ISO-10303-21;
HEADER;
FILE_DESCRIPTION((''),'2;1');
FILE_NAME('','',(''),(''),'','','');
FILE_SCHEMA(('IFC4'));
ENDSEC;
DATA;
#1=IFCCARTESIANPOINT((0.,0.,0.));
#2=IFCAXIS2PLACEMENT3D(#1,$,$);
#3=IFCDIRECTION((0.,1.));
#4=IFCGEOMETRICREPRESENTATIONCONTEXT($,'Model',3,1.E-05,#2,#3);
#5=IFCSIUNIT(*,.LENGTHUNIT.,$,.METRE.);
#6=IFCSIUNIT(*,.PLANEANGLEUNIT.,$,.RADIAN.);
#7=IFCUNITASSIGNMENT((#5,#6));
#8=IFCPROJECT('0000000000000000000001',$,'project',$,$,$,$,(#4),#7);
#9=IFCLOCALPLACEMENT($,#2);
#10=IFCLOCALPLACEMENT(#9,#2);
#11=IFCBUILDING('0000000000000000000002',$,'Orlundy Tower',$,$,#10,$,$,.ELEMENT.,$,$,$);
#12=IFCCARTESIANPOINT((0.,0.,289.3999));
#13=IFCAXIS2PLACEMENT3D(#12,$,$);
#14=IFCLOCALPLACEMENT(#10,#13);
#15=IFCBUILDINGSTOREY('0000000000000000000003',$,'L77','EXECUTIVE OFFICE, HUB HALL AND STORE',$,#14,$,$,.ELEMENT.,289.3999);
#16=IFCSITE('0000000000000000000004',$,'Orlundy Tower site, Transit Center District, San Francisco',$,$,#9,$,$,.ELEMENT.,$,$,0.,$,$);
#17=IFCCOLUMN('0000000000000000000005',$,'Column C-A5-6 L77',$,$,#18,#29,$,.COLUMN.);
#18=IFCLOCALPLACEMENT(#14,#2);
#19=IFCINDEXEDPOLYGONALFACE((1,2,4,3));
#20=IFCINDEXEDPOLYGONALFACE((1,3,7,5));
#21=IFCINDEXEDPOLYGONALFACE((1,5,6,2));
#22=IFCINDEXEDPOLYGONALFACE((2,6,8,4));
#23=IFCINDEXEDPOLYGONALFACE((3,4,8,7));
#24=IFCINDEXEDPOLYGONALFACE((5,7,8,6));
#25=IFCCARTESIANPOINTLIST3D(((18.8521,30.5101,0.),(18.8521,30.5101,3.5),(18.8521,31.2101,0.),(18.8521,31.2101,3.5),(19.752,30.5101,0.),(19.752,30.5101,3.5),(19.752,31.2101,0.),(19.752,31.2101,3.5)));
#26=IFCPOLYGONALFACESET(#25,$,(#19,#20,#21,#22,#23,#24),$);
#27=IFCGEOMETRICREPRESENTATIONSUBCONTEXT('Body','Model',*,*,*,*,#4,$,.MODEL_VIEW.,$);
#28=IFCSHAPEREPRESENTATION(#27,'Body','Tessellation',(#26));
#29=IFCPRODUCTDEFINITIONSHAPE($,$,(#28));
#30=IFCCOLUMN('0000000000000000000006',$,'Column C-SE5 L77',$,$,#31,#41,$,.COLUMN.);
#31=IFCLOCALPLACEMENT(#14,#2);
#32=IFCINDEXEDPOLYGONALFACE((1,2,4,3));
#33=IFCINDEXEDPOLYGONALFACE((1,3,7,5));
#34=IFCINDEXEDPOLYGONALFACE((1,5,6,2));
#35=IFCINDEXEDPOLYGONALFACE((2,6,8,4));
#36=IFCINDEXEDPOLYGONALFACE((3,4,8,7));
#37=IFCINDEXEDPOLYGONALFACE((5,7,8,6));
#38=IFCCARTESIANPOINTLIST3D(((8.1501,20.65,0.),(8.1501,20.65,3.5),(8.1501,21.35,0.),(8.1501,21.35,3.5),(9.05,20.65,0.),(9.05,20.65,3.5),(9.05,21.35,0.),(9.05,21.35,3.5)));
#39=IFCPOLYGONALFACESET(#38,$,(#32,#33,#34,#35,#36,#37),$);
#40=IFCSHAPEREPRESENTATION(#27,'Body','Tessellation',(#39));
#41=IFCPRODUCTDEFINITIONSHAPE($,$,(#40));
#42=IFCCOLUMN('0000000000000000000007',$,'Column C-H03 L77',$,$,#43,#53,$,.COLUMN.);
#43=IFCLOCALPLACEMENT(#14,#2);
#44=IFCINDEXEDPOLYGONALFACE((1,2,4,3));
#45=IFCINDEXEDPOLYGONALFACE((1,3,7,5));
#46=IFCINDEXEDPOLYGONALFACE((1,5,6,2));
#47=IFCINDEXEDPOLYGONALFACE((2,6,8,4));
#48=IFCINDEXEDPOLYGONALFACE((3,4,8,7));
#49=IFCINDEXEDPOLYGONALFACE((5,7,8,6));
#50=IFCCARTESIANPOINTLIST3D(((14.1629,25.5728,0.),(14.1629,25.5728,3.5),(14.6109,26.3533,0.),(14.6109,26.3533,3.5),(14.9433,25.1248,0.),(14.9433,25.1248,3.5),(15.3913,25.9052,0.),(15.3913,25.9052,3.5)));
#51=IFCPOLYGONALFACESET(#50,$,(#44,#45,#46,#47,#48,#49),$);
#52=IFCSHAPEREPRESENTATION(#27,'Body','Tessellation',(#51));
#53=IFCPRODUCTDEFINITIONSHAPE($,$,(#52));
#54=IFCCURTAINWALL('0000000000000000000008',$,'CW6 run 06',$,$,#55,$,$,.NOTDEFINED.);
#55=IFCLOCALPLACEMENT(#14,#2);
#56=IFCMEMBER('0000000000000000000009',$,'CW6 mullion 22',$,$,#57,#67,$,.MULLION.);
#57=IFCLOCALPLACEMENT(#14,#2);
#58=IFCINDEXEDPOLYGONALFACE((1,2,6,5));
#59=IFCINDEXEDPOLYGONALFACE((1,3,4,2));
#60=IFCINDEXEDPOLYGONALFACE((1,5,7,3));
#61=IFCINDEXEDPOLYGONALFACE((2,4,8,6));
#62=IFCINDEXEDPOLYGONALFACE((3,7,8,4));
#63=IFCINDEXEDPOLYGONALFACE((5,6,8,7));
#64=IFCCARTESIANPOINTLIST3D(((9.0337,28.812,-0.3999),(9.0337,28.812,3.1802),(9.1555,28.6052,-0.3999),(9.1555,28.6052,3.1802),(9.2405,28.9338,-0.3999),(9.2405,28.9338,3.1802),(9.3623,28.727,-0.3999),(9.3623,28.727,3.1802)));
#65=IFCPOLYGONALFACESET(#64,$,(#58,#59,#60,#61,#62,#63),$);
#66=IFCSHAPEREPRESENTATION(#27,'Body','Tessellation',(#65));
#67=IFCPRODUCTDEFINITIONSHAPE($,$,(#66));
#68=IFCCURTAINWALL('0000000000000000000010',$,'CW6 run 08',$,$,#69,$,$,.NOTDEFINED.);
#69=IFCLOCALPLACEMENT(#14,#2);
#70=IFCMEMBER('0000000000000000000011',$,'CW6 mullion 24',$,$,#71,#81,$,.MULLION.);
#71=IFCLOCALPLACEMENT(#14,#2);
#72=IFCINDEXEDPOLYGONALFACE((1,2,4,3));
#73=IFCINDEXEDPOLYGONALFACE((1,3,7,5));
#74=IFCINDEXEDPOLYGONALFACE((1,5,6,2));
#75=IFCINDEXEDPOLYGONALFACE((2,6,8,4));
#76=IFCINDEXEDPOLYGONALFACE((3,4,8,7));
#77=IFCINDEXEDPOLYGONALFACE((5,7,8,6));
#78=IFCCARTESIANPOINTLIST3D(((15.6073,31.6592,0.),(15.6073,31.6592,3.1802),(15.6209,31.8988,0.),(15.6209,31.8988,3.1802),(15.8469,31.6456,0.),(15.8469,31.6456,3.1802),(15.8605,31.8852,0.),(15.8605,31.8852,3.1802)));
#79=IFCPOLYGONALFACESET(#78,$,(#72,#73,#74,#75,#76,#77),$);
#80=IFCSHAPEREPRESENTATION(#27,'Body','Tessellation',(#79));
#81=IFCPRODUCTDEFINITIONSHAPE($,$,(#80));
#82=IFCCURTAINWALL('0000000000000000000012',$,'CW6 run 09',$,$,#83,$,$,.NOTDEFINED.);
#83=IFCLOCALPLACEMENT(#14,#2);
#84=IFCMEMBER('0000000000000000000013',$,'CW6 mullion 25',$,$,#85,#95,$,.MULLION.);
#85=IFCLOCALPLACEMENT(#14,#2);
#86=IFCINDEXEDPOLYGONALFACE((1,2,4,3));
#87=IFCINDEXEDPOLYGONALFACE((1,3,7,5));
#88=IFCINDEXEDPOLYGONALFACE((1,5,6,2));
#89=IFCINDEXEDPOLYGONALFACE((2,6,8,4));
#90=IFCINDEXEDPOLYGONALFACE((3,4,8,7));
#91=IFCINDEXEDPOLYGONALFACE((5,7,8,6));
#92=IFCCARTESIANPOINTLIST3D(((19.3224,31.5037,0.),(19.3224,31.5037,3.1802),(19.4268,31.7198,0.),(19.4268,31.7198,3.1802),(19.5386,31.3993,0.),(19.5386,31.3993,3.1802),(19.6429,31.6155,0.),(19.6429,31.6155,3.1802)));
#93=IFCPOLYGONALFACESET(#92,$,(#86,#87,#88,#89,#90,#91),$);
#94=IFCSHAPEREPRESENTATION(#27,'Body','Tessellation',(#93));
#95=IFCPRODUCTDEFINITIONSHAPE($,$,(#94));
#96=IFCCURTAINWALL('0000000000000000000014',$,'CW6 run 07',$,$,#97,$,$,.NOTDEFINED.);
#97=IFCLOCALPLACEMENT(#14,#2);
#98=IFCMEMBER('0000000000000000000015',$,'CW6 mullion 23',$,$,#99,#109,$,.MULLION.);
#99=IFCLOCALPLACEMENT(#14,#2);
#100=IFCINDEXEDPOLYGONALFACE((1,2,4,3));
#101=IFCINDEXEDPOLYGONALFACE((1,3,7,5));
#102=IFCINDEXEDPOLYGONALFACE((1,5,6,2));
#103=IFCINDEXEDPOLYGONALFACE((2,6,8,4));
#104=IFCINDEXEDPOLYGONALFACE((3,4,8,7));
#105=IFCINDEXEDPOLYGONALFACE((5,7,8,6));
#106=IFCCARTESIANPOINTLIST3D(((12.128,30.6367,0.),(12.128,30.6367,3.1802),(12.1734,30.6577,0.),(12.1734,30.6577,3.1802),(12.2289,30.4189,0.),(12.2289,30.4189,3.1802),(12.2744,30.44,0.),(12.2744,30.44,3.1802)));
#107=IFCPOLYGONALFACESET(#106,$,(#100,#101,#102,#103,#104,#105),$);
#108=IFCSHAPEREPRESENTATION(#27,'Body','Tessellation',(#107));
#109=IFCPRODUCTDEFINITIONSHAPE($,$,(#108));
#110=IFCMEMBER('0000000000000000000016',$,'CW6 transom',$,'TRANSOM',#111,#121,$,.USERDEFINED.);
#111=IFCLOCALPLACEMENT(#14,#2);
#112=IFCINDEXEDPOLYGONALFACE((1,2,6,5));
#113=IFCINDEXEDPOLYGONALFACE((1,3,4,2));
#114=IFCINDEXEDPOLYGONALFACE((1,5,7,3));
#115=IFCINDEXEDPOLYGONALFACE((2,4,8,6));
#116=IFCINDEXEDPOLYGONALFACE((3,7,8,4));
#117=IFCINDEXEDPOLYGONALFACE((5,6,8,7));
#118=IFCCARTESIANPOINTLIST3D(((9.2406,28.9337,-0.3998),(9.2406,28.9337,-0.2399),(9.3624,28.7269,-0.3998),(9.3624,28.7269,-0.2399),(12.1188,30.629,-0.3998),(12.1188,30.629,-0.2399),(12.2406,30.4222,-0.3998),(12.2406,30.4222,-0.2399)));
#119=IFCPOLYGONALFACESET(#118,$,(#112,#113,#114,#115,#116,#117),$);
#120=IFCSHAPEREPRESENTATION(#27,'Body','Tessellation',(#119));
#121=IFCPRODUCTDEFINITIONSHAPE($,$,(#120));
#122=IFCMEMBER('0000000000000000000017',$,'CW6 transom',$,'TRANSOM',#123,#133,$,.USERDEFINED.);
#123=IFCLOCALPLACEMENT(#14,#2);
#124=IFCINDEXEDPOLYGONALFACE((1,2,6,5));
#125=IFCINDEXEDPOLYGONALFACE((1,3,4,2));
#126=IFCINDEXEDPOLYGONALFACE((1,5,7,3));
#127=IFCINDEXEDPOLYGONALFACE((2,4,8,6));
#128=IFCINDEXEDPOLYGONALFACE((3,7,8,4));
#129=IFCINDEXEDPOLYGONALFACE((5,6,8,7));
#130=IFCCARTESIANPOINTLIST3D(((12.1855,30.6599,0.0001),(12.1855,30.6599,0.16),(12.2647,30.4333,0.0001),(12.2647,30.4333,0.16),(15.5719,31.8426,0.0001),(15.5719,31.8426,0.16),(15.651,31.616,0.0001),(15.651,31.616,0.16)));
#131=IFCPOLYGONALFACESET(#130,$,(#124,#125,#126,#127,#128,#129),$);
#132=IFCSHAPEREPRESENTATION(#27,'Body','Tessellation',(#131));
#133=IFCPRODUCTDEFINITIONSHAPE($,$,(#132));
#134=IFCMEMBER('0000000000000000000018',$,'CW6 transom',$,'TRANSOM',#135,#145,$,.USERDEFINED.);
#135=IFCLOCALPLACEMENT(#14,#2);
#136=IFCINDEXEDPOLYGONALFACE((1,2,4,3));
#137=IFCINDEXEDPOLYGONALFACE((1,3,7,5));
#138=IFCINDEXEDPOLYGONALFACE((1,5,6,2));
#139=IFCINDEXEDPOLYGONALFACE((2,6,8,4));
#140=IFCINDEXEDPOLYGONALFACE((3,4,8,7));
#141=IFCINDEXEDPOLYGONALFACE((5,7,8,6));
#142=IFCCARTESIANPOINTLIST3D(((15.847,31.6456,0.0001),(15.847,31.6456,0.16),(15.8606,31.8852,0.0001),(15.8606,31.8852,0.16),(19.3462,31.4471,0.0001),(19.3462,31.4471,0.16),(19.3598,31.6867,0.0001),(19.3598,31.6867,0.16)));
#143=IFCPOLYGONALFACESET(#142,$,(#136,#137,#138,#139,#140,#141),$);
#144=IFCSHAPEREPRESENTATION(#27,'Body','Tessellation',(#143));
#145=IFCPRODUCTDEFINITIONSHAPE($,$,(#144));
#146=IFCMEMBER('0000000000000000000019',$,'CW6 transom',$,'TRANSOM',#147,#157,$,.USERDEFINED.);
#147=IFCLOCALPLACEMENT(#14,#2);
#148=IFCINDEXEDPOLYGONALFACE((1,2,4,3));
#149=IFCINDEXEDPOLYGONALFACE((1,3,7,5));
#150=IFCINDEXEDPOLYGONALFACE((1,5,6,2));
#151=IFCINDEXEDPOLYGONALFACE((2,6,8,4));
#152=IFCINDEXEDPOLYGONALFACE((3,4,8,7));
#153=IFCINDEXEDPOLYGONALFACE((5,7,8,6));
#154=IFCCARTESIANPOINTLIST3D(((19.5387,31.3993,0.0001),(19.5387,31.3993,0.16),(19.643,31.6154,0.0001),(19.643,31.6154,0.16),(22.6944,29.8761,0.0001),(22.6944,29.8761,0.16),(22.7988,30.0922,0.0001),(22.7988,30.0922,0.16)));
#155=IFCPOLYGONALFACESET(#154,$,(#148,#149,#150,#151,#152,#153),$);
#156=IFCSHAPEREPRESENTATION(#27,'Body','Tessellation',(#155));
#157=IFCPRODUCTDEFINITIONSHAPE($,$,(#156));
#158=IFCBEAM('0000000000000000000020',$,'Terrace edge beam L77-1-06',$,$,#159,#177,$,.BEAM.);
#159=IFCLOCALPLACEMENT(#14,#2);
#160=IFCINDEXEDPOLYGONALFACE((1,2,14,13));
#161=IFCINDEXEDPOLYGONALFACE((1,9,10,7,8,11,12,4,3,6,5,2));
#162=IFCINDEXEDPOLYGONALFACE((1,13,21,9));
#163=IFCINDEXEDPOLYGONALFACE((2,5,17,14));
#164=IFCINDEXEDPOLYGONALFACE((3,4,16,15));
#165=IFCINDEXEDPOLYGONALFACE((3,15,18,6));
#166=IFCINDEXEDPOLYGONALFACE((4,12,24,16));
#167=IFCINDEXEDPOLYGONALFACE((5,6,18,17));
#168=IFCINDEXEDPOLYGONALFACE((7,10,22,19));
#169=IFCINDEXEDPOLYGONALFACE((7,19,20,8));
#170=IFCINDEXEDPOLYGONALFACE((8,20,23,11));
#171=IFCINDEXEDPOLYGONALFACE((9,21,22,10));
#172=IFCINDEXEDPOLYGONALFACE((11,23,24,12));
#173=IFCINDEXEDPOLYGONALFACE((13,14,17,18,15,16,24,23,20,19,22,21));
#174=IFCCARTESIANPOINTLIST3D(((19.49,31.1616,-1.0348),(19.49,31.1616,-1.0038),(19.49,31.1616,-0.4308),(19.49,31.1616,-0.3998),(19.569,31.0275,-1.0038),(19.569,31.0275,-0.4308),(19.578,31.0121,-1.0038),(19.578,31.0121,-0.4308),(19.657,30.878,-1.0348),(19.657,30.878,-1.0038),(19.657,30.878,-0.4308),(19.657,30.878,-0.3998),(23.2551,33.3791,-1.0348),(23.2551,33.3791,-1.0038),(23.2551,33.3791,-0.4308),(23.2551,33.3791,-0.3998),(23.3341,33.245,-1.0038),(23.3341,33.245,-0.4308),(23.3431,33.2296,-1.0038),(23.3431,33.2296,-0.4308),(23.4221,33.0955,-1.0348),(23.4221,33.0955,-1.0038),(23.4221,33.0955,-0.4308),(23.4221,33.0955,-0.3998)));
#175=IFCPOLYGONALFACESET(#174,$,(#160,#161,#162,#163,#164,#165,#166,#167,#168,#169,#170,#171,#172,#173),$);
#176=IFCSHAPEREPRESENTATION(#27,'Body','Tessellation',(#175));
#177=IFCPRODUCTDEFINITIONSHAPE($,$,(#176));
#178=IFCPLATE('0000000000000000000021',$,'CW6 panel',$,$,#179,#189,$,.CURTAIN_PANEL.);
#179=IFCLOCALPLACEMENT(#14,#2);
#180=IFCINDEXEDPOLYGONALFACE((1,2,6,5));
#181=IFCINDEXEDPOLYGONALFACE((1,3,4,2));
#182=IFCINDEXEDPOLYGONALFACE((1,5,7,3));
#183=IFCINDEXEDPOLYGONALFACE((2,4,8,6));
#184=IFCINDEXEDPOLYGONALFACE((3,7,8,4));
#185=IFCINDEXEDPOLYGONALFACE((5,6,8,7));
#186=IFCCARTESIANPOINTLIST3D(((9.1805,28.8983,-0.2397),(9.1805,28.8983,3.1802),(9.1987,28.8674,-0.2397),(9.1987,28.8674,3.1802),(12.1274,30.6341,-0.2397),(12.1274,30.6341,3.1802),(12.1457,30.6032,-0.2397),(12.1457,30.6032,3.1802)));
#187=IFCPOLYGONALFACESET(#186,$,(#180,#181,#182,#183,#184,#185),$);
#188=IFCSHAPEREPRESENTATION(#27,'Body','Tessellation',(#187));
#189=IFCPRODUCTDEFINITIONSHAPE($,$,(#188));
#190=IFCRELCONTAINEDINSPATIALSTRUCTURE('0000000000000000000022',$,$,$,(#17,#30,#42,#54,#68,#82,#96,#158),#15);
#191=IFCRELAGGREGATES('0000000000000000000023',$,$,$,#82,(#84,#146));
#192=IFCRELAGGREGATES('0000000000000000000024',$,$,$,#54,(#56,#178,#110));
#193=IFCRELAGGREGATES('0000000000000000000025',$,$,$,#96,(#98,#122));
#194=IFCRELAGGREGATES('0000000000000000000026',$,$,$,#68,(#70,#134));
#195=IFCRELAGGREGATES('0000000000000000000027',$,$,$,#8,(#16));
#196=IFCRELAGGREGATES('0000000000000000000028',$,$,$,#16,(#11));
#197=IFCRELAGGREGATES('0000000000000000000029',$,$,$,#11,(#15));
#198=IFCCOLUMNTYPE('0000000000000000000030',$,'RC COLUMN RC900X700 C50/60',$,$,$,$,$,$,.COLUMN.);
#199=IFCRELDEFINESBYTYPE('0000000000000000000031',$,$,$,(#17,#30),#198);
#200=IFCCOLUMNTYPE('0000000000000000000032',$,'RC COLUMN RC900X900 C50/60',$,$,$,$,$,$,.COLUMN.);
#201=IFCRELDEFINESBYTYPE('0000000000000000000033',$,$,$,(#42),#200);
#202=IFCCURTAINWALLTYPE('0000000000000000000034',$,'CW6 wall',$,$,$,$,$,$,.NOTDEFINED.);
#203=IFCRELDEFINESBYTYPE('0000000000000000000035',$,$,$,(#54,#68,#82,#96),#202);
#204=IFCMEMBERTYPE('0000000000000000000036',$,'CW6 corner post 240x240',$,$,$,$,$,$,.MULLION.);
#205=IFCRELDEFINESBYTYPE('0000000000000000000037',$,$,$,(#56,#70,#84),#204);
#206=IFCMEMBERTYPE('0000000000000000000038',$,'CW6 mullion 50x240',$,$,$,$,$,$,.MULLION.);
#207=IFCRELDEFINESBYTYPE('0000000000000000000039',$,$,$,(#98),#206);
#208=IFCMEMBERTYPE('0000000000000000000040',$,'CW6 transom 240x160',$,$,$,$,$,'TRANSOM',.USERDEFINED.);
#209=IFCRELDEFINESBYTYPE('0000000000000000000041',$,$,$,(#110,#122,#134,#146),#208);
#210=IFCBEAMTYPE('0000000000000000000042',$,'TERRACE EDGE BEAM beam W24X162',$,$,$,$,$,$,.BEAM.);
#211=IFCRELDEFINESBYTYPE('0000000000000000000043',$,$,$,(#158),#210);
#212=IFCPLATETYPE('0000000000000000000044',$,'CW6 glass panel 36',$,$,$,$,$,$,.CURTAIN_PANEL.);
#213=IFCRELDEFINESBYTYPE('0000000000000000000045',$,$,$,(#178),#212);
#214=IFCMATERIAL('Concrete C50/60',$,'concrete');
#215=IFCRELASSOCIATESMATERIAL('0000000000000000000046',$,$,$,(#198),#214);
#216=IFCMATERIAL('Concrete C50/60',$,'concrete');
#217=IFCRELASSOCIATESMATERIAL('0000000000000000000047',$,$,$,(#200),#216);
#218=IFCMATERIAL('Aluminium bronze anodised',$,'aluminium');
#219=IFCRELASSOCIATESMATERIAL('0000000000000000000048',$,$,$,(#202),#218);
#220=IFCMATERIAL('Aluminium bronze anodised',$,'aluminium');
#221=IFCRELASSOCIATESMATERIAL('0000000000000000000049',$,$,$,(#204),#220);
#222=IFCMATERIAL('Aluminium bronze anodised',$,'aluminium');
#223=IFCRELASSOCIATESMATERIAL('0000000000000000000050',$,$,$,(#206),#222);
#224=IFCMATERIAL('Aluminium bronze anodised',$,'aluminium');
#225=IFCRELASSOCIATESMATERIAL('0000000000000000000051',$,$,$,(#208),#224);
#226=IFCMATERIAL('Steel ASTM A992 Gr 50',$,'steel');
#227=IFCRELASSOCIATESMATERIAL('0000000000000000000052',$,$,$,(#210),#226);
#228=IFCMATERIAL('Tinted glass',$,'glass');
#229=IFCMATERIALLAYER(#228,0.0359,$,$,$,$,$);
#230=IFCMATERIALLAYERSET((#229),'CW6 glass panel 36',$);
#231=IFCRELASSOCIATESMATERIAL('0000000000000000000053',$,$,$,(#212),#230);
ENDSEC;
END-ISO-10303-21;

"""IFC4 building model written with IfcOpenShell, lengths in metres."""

from ifc_helpers import new_model, si_unit, direction, frame, origin, origin_2d, place, context, subcontext, project, spatial, rectangle, i_section, extrude, material, layer, layer_set, material_profile, profile_set, type_object, element, aggregate, save


model = new_model("IFC4")

# Units and contexts
model_context = context("Model", 3, precision=1e-05, world=origin(), true_north=direction((0.0, 1.0)))
body_context = subcontext(model_context, "Body", "Model", "MODEL_VIEW")
ifc_project = project(units=[si_unit("LENGTHUNIT", "METRE"), si_unit("PLANEANGLEUNIT", "RADIAN")], contexts=[model_context])

# Site, building, storey
site_placement = place(None, origin())
site = spatial("IfcSite", under=ifc_project, at=site_placement, Name="Orlundy Tower site, Transit Center District, San Francisco", CompositionType="ELEMENT", RefElevation=0.0)
building_placement = place(site_placement, origin())
building = spatial("IfcBuilding", under=site, at=building_placement, Name="Orlundy Tower", CompositionType="ELEMENT")
storey_placement = place(building_placement, frame((0.0, 0.0, 289.3999)))
storey = spatial("IfcBuildingStorey", under=building, at=storey_placement, Name="L77", Description="EXECUTIVE OFFICE, HUB HALL AND STORE", CompositionType="ELEMENT", Elevation=289.3999)

# Columns
ifc_material_1 = material(Name="Concrete C50/60", Category="concrete")
ifc_material_profile_1 = material_profile(ifc_material_1, rectangle(XDim=0.8999, YDim=0.7, at=origin_2d()), Name="RC900X700")
ifc_profile_set_1 = profile_set([ifc_material_profile_1], Name="Concrete C50/60")
column_type_1 = type_object("IfcColumnType", Name="RC COLUMN RC900X700 C50/60", PredefinedType="COLUMN", material=ifc_profile_set_1)
for number, where, z_axis, x_axis, name in (
    (1, (19.302, 30.8601, 0.0), (0.0, 0.0, 1.0), (1.0, 0.0, 0.0), "Column C-A5-6 L77"),
    (2, (8.6001, 21.0, 0.0), (0.0, 0.0, 1.0), (1.0, 0.0, 0.0), "Column C-SE5 L77"),
):
    element("IfcColumn", number, at=place(storey_placement, frame(where, z_axis=z_axis, x_axis=x_axis)), inside=storey, type_object=column_type_1, Name=name, PredefinedType="COLUMN", context=body_context, shape_type="SweptSolid", body=[
        extrude(rectangle(XDim=0.8999, YDim=0.7, at=origin_2d()), origin(), (0.0, 0.0, 1.0), 3.5),
    ])
ifc_material_2 = material(Name="Concrete C50/60", Category="concrete")
ifc_material_profile_2 = material_profile(ifc_material_2, rectangle(XDim=0.8999, YDim=0.8999, at=origin_2d()), Name="RC900X900")
ifc_profile_set_2 = profile_set([ifc_material_profile_2], Name="Concrete C50/60")
column_type_2 = type_object("IfcColumnType", Name="RC COLUMN RC900X900 C50/60", PredefinedType="COLUMN", material=ifc_profile_set_2)
column_placement = place(storey_placement, frame((14.7771, 25.739, 0.0), z_axis=(0.0, 0.0, 1.0), x_axis=(0.497898, 0.867236, 0.0)))
element("IfcColumn", 3, at=column_placement, inside=storey, type_object=column_type_2, Name="Column C-H03 L77", PredefinedType="COLUMN", context=body_context, shape_type="SweptSolid", body=[
    extrude(rectangle(XDim=0.8999, YDim=0.8999, at=origin_2d()), origin(), (0.0, 0.0, 1.0), 3.5),
])

# Curtain walls, members
ifc_material_3 = material(Name="Aluminium bronze anodised", Category="aluminium")
curtain_wall_type = type_object("IfcCurtainWallType", Name="CW6 wall", PredefinedType="NOTDEFINED", material=ifc_material_3)
curtain_wall_1_placement = place(storey_placement, origin())
curtain_wall_1 = element("IfcCurtainWall", 4, at=curtain_wall_1_placement, inside=storey, type_object=curtain_wall_type, Name="CW6 run 06", PredefinedType="NOTDEFINED")
ifc_material_4 = material(Name="Aluminium bronze anodised", Category="aluminium")
ifc_material_profile_3 = material_profile(ifc_material_4, rectangle(XDim=0.24, YDim=0.24, at=origin_2d()), Name="CW6 corner post 240x240")
ifc_profile_set_3 = profile_set([ifc_material_profile_3], Name="Aluminium bronze anodised")
member_type_1 = type_object("IfcMemberType", Name="CW6 corner post 240x240", PredefinedType="MULLION", material=ifc_profile_set_3)
member_1_placement = place(storey_placement, frame((9.198, 28.7695, -0.3999), z_axis=(0.0, 0.0, 1.0), x_axis=(-0.507527, 0.861636, 0.0)))
member_1 = element("IfcMember", 5, at=member_1_placement, type_object=member_type_1, Name="CW6 mullion 22", PredefinedType="MULLION", context=body_context, shape_type="SweptSolid", body=[
    extrude(rectangle(XDim=0.24, YDim=0.24, at=origin_2d()), origin(), (0.0, 0.0, 1.0), 3.5801),
])
curtain_wall_2_placement = place(storey_placement, origin())
curtain_wall_2 = element("IfcCurtainWall", 6, at=curtain_wall_2_placement, inside=storey, type_object=curtain_wall_type, Name="CW6 run 08", PredefinedType="NOTDEFINED")
member_2_placement = place(storey_placement, frame((15.7339, 31.7722, 0.0), z_axis=(0.0, 0.0, 1.0), x_axis=(0.05665, 0.998394, 0.0)))
member_2 = element("IfcMember", 7, at=member_2_placement, type_object=member_type_1, Name="CW6 mullion 24", PredefinedType="MULLION", context=body_context, shape_type="SweptSolid", body=[
    extrude(rectangle(XDim=0.24, YDim=0.24, at=origin_2d()), origin(), (0.0, 0.0, 1.0), 3.1802),
])
curtain_wall_3_placement = place(storey_placement, origin())
curtain_wall_3 = element("IfcCurtainWall", 8, at=curtain_wall_3_placement, inside=storey, type_object=curtain_wall_type, Name="CW6 run 09", PredefinedType="NOTDEFINED")
member_3_placement = place(storey_placement, frame((19.4827, 31.5596, 0.0), z_axis=(0.0, 0.0, 1.0), x_axis=(0.434651, 0.900599, 0.0)))
member_3 = element("IfcMember", 9, at=member_3_placement, type_object=member_type_1, Name="CW6 mullion 25", PredefinedType="MULLION", context=body_context, shape_type="SweptSolid", body=[
    extrude(rectangle(XDim=0.24, YDim=0.24, at=origin_2d()), origin(), (0.0, 0.0, 1.0), 3.1802),
])
curtain_wall_4_placement = place(storey_placement, origin())
curtain_wall_4 = element("IfcCurtainWall", 10, at=curtain_wall_4_placement, inside=storey, type_object=curtain_wall_type, Name="CW6 run 07", PredefinedType="NOTDEFINED")
ifc_material_5 = material(Name="Aluminium bronze anodised", Category="aluminium")
ifc_material_profile_4 = material_profile(ifc_material_5, rectangle(XDim=0.24, YDim=0.05, at=origin_2d()), Name="CW6 mullion 50x240")
ifc_profile_set_4 = profile_set([ifc_material_profile_4], Name="Aluminium bronze anodised")
member_type_2 = type_object("IfcMemberType", Name="CW6 mullion 50x240", PredefinedType="MULLION", material=ifc_profile_set_4)
member_4_placement = place(storey_placement, frame((12.2012, 30.5383, 0.0), z_axis=(0.0, 0.0, 1.0), x_axis=(-0.420645, 0.907225, 0.0)))
member_4 = element("IfcMember", 11, at=member_4_placement, type_object=member_type_2, Name="CW6 mullion 23", PredefinedType="MULLION", context=body_context, shape_type="SweptSolid", body=[
    extrude(rectangle(XDim=0.24, YDim=0.05, at=origin_2d()), origin(), (0.0, 0.0, 1.0), 3.1802),
])

# Members
ifc_material_6 = material(Name="Aluminium bronze anodised", Category="aluminium")
ifc_material_profile_5 = material_profile(ifc_material_6, rectangle(XDim=0.24, YDim=0.1599, at=origin_2d()), Name="CW6 transom 240x160")
ifc_profile_set_5 = profile_set([ifc_material_profile_5], Name="Aluminium bronze anodised")
member_type_3 = type_object("IfcMemberType", Name="CW6 transom 240x160", ElementType="TRANSOM", PredefinedType="USERDEFINED", material=ifc_profile_set_5)
member_5_placement = place(storey_placement, frame((9.3015, 28.8303, -0.3198), z_axis=(0.861637, 0.507525, 0.0), x_axis=(-0.507525, 0.861637, 0.0)))
member_5 = element("IfcMember", 12, at=member_5_placement, type_object=member_type_3, Name="CW6 transom", ObjectType="TRANSOM", PredefinedType="USERDEFINED", context=body_context, shape_type="SweptSolid", body=[
    extrude(rectangle(XDim=0.24, YDim=0.1599, at=origin_2d()), origin(), (0.0, 0.0, 1.0), 3.3403),
])
member_6_placement = place(storey_placement, frame((12.2251, 30.5466, 0.0801), z_axis=(0.944081, 0.329714, 0.0), x_axis=(-0.329714, 0.944081, 0.0)))
member_6 = element("IfcMember", 13, at=member_6_placement, type_object=member_type_3, Name="CW6 transom", ObjectType="TRANSOM", PredefinedType="USERDEFINED", context=body_context, shape_type="SweptSolid", body=[
    extrude(rectangle(XDim=0.24, YDim=0.1599, at=origin_2d()), origin(), (0.0, 0.0, 1.0), 3.5869),
])
member_7_placement = place(storey_placement, frame((15.8538, 31.7654, 0.0801), z_axis=(0.998395, -0.056631, 0.0), x_axis=(0.056631, 0.998395, 0.0)))
member_7 = element("IfcMember", 14, at=member_7_placement, type_object=member_type_3, Name="CW6 transom", ObjectType="TRANSOM", PredefinedType="USERDEFINED", context=body_context, shape_type="SweptSolid", body=[
    extrude(rectangle(XDim=0.24, YDim=0.1599, at=origin_2d()), origin(), (0.0, 0.0, 1.0), 3.5049),
])
member_8_placement = place(storey_placement, frame((19.5908, 31.5073, 0.0801), z_axis=(0.900583, -0.434685, 0.0), x_axis=(0.434685, 0.900583, 0.0)))
member_8 = element("IfcMember", 15, at=member_8_placement, type_object=member_type_3, Name="CW6 transom", ObjectType="TRANSOM", PredefinedType="USERDEFINED", context=body_context, shape_type="SweptSolid", body=[
    extrude(rectangle(XDim=0.24, YDim=0.1599, at=origin_2d()), origin(), (0.0, 0.0, 1.0), 3.5042),
])
aggregate(curtain_wall_3, [member_3, member_8])

# Beam
ifc_material_7 = material(Name="Steel ASTM A992 Gr 50", Category="steel")
ifc_material_profile_6 = material_profile(ifc_material_7, i_section(OverallWidth=0.3291, OverallDepth=0.635, WebThickness=0.0178, FlangeThickness=0.031, at=origin_2d()), Name="W24X162")
ifc_profile_set_6 = profile_set([ifc_material_profile_6], Name="Steel ASTM A992 Gr 50")
beam_type = type_object("IfcBeamType", Name="TERRACE EDGE BEAM beam W24X162", PredefinedType="BEAM", material=ifc_profile_set_6)
beam_placement = place(storey_placement, frame((19.5735, 31.0198, -0.7173), z_axis=(0.86166, 0.507486, 0.0), x_axis=(-0.507486, 0.86166, 0.0)))
element("IfcBeam", 16, at=beam_placement, inside=storey, type_object=beam_type, Name="Terrace edge beam L77-1-06", PredefinedType="BEAM", context=body_context, shape_type="SweptSolid", body=[
    extrude(i_section(OverallWidth=0.3291, OverallDepth=0.635, WebThickness=0.0178, FlangeThickness=0.031, at=origin_2d()), origin(), (0.0, 0.0, 1.0), 4.3696),
])

# Plate
ifc_material_8 = material(Name="Tinted glass", Category="glass")
ifc_layer_1 = layer(ifc_material_8, 0.0359)
ifc_layer_set_1 = layer_set([ifc_layer_1], Name="CW6 glass panel 36")
plate_type = type_object("IfcPlateType", Name="CW6 glass panel 36", PredefinedType="CURTAIN_PANEL", material=ifc_layer_set_1)
plate_1_placement = place(storey_placement, frame((10.6631, 29.7507, -0.2397), z_axis=(0.0, 0.0, 1.0), x_axis=(0.861636, 0.507527, 0.0)))
plate_1 = element("IfcPlate", 17, at=plate_1_placement, type_object=plate_type, Name="CW6 panel", PredefinedType="CURTAIN_PANEL", context=body_context, shape_type="SweptSolid", body=[
    extrude(rectangle(XDim=3.4202, YDim=0.0359, at=origin_2d()), origin(), (0.0, 0.0, 1.0), 3.4199),
])
aggregate(curtain_wall_1, [member_1, plate_1, member_5])
aggregate(curtain_wall_4, [member_4, member_6])
aggregate(curtain_wall_2, [member_2, member_7])

save(model, "model.ifc")
